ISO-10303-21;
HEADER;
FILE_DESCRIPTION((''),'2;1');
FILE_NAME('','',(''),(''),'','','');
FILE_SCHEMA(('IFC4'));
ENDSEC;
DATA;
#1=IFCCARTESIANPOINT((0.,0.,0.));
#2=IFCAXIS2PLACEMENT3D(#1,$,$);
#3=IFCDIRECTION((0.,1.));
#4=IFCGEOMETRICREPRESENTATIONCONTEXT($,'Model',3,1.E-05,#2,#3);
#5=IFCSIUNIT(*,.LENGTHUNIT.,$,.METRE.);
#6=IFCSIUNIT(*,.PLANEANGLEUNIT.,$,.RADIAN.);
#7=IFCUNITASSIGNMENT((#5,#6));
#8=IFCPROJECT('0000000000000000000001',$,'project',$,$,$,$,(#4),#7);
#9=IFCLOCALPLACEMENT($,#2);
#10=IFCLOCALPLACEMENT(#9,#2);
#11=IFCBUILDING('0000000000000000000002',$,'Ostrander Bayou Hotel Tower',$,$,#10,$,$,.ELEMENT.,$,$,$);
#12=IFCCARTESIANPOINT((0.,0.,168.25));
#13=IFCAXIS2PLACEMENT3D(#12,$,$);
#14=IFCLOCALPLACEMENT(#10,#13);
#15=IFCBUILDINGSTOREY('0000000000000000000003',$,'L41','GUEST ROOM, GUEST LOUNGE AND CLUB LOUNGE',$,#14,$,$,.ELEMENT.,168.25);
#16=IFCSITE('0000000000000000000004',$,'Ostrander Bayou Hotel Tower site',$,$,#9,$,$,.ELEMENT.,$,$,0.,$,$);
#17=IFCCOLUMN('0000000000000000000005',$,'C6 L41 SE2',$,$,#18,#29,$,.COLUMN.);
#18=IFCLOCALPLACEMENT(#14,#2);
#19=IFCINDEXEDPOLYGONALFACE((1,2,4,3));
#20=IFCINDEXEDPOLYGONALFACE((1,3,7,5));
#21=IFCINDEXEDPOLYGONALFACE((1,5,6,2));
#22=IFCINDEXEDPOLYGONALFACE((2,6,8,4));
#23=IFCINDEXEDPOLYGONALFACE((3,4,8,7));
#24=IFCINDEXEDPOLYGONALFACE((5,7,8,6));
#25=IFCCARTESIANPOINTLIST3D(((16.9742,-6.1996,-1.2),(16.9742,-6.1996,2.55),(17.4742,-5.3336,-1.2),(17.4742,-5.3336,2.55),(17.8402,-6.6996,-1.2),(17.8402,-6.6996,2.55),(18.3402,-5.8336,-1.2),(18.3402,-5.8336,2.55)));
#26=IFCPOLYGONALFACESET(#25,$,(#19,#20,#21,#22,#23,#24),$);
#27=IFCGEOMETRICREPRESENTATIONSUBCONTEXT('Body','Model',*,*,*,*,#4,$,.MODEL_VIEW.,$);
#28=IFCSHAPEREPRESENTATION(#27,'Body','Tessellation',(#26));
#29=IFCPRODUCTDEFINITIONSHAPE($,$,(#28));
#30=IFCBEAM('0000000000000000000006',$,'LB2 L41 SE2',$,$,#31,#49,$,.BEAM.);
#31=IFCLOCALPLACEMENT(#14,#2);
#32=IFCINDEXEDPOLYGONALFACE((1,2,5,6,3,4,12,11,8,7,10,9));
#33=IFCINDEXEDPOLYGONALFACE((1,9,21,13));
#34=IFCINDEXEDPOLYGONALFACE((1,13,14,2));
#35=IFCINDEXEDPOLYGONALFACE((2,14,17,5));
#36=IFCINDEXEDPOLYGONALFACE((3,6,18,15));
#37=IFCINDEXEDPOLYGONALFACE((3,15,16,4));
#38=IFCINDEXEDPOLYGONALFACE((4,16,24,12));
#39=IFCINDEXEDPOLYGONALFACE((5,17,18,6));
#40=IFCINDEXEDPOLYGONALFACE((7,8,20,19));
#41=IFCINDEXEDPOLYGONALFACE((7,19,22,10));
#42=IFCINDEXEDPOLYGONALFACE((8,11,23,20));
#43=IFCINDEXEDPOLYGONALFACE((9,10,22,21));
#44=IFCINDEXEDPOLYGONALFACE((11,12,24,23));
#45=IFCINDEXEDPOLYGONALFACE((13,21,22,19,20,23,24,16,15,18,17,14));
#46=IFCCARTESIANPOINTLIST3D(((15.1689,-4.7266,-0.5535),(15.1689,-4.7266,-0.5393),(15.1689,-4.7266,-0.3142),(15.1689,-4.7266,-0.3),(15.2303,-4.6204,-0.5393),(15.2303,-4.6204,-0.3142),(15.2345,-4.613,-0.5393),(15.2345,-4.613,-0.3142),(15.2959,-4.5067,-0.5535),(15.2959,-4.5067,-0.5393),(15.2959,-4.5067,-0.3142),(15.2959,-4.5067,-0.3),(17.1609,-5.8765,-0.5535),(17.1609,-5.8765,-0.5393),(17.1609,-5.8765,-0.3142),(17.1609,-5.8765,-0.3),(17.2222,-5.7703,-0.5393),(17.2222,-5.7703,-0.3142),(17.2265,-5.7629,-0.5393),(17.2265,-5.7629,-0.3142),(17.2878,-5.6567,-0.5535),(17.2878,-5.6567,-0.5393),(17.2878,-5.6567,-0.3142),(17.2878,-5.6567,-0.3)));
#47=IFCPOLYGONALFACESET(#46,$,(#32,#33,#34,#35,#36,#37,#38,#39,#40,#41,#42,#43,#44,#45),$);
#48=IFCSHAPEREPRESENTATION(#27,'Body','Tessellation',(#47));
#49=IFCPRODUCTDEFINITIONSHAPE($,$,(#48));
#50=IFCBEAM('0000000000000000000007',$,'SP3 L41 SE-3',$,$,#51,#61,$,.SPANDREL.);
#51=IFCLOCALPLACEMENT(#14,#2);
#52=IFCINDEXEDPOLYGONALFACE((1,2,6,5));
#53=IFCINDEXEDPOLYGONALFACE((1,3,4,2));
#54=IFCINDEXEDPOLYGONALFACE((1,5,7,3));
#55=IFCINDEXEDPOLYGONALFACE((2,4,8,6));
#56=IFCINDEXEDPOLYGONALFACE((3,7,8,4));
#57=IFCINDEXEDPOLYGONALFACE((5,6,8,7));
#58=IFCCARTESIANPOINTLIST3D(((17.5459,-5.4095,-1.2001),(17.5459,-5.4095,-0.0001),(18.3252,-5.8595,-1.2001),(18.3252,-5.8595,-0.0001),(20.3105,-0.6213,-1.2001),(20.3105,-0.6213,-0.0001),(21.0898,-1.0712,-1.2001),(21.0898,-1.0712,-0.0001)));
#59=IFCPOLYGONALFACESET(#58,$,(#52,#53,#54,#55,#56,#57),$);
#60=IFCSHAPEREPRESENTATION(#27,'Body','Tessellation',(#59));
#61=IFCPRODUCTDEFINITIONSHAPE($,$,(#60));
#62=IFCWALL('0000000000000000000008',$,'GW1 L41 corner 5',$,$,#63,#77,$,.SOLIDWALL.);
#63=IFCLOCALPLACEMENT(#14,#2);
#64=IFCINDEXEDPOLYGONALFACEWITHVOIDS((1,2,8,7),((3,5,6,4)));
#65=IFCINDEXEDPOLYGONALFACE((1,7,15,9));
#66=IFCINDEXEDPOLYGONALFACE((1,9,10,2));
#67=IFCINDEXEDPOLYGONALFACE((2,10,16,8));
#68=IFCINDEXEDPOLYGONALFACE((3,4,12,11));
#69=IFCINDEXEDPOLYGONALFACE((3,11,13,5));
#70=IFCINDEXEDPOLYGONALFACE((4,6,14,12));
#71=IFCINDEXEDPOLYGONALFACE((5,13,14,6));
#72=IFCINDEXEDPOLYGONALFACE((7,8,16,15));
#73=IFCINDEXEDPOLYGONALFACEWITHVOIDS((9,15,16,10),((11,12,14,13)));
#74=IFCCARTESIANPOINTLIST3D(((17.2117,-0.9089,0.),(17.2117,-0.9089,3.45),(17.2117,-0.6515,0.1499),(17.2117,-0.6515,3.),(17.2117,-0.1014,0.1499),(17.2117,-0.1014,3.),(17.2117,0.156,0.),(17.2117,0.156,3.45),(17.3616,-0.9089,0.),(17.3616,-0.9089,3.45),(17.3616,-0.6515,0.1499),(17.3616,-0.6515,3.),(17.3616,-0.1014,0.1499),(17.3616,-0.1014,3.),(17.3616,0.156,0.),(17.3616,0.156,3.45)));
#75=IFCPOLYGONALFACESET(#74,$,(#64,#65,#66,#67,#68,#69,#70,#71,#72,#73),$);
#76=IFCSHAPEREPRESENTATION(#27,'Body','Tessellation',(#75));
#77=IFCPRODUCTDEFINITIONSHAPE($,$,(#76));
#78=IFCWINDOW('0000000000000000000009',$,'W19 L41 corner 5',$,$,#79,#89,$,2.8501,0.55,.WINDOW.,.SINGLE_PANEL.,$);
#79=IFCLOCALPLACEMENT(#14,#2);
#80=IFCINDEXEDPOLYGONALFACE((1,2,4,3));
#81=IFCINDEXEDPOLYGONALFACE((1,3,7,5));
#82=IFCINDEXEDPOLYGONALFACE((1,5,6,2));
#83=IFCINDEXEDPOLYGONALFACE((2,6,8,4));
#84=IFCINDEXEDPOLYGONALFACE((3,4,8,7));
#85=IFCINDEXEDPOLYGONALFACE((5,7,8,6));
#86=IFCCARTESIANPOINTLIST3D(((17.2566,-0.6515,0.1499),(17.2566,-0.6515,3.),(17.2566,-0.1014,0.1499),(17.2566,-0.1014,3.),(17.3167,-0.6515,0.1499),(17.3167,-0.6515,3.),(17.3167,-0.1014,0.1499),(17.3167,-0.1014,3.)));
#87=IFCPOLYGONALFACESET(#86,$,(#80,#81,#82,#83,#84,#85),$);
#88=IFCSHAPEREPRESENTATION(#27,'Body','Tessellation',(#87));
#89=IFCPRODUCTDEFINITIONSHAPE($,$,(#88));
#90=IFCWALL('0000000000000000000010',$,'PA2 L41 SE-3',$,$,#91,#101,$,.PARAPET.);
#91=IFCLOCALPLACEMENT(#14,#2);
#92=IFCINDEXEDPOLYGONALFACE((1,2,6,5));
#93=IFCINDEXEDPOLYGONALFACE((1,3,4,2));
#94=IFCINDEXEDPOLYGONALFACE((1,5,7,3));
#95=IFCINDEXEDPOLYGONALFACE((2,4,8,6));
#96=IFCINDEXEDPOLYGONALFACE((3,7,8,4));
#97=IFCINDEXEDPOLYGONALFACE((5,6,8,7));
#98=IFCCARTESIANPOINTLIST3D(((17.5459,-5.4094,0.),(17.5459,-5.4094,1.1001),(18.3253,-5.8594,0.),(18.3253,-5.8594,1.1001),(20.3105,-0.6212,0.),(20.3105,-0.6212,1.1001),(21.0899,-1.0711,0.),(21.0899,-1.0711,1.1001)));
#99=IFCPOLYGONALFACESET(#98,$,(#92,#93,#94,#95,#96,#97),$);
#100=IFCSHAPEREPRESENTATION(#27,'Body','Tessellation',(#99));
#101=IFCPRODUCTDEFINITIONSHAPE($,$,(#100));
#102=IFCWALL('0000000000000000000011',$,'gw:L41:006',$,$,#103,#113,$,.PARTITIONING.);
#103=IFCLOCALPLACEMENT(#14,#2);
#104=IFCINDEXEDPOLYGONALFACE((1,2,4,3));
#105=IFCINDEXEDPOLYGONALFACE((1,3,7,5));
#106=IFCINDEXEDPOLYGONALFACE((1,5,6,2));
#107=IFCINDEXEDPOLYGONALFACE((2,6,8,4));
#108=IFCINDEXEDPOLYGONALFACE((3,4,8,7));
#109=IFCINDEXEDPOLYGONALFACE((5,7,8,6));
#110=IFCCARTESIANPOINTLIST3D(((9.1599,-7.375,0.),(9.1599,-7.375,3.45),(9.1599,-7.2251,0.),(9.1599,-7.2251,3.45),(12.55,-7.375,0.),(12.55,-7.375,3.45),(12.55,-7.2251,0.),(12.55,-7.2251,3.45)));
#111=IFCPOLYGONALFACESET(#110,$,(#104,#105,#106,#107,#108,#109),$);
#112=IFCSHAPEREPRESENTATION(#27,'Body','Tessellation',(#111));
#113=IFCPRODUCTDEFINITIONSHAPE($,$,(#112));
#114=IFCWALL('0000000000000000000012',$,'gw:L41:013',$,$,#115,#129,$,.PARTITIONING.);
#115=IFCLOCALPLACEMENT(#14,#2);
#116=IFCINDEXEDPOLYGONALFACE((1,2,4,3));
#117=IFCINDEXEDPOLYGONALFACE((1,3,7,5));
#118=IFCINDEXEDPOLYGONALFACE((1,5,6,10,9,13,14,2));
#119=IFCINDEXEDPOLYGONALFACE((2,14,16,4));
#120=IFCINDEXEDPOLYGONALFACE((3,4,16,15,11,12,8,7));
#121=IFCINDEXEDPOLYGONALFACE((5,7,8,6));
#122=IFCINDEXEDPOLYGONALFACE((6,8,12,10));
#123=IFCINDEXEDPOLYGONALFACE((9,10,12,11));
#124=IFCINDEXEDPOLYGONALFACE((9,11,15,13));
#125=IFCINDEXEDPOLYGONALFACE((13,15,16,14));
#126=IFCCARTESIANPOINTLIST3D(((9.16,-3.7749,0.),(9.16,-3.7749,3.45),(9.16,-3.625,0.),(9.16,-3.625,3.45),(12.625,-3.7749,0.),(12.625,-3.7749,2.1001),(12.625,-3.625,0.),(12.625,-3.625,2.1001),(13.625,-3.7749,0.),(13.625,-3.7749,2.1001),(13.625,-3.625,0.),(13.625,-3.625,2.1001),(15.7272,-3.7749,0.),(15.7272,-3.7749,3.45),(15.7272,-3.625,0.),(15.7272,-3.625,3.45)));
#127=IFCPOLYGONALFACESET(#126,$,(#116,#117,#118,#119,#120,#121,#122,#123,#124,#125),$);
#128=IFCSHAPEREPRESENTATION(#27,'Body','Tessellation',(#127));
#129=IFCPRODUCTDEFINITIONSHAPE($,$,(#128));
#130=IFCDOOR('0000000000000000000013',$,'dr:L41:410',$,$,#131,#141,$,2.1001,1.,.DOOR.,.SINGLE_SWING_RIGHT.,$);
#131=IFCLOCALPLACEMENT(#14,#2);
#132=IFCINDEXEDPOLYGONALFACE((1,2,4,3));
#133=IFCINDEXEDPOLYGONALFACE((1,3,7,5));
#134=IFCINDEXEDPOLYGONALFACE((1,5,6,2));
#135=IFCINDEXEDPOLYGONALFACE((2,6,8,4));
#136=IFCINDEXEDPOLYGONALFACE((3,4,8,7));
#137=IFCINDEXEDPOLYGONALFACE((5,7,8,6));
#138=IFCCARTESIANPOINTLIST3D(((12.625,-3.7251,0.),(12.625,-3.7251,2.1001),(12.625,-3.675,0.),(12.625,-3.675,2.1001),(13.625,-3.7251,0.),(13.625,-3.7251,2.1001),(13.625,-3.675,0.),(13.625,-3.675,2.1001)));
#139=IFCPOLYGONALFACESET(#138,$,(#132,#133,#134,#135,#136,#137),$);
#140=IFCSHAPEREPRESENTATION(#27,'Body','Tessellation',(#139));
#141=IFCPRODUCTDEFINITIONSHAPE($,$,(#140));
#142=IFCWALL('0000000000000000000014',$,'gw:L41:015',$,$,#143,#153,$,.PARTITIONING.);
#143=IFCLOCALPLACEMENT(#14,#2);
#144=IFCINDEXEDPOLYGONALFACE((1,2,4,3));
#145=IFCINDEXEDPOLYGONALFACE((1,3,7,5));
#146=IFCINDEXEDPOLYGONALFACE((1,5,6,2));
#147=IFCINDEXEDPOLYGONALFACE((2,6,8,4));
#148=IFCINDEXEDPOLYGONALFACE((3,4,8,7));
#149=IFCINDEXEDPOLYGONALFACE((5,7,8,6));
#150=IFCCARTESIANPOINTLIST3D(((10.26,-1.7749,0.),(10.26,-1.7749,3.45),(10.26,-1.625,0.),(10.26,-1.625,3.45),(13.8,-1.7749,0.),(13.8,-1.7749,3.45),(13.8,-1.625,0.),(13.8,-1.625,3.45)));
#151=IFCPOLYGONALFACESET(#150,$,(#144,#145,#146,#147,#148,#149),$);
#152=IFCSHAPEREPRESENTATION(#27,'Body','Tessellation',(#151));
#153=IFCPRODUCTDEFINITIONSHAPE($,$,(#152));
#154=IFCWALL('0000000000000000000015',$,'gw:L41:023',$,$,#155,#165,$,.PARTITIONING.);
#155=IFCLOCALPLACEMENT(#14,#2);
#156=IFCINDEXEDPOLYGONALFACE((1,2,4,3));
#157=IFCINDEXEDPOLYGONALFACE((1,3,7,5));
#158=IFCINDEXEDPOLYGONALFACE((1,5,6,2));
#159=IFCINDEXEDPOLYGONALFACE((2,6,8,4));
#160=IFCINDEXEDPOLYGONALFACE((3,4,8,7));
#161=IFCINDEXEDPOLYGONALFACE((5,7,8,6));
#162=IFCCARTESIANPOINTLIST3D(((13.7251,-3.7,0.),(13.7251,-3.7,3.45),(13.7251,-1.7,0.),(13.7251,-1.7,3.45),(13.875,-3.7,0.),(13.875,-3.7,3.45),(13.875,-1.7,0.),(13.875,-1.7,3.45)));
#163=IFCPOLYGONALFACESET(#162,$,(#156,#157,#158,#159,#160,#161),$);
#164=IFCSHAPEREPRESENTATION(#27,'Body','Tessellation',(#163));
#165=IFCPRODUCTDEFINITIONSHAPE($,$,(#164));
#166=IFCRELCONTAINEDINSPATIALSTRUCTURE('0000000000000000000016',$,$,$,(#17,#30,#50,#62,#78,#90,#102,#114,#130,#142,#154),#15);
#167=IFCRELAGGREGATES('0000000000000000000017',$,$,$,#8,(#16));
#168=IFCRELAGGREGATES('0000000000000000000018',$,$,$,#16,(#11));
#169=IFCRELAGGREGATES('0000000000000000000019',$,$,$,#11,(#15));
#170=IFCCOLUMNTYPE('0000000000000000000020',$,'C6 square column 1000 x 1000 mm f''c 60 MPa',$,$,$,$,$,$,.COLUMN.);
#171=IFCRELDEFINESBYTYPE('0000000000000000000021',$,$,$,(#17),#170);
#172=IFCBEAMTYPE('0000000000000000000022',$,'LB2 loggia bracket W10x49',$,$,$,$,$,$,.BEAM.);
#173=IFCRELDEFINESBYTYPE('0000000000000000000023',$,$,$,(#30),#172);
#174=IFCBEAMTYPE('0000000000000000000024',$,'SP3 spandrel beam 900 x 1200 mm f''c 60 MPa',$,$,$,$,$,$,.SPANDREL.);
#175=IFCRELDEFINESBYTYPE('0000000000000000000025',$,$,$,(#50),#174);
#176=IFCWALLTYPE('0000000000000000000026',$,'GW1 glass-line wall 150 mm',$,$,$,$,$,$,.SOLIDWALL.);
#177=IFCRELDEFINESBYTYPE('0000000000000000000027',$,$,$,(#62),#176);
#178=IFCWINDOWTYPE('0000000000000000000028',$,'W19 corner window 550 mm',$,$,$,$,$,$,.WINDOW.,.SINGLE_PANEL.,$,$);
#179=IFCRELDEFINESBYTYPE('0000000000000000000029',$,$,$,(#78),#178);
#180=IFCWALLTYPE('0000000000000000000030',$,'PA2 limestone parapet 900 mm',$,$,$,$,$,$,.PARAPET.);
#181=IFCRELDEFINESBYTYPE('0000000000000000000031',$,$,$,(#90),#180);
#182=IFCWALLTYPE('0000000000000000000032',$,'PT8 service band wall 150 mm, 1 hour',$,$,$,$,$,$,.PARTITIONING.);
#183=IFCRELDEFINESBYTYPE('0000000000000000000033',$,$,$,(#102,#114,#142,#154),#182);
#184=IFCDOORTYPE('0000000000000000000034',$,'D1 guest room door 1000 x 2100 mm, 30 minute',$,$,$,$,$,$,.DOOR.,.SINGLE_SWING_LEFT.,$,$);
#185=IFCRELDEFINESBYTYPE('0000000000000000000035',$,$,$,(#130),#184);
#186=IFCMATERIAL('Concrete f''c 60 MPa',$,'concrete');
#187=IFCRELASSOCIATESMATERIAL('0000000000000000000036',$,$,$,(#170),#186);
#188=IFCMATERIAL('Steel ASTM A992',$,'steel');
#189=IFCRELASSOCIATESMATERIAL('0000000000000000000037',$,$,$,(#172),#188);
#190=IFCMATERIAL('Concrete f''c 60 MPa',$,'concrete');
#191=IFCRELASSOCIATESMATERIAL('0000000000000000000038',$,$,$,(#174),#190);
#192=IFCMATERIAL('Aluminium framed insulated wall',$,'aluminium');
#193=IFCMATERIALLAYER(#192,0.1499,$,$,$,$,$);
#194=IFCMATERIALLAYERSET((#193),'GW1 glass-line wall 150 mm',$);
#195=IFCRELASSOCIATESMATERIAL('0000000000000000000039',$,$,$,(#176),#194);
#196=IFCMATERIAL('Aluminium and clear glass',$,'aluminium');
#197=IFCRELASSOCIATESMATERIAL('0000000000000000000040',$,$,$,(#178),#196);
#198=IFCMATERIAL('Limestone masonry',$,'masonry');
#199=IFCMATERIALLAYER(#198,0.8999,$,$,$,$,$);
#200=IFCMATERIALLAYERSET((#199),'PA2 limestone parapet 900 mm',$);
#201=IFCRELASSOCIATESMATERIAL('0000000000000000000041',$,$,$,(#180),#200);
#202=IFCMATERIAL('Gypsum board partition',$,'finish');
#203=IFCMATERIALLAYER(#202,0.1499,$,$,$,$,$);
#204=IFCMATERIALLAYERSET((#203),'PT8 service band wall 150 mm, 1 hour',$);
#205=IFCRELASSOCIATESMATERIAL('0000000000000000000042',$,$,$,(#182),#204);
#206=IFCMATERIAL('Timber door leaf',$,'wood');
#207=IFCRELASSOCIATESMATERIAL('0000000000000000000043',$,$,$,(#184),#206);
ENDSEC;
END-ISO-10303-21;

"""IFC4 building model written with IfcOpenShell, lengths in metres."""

from ifc_helpers import new_model, si_unit, direction, frame, frame_2d, origin, origin_2d, place, context, subcontext, project, spatial, rectangle, i_section, extrude, material, layer, layer_set, material_profile, profile_set, type_object, element, fill, save


model = new_model("IFC4")

# Units and contexts
model_context = context("Model", 3, precision=1e-05, world=origin(), true_north=direction((0.0, 1.0)))
body_context = subcontext(model_context, "Body", "Model", "MODEL_VIEW")
ifc_project = project(units=[si_unit("LENGTHUNIT", "METRE"), si_unit("PLANEANGLEUNIT", "RADIAN")], contexts=[model_context])

# Site, building, storey
site_placement = place(None, origin())
site = spatial("IfcSite", under=ifc_project, at=site_placement, Name="Ostrander Bayou Hotel Tower site", CompositionType="ELEMENT", RefElevation=0.0)
building_placement = place(site_placement, origin())
building = spatial("IfcBuilding", under=site, at=building_placement, Name="Ostrander Bayou Hotel Tower", CompositionType="ELEMENT")
storey_placement = place(building_placement, frame((0.0, 0.0, 168.25)))
storey = spatial("IfcBuildingStorey", under=building, at=storey_placement, Name="L41", Description="GUEST ROOM, GUEST LOUNGE AND CLUB LOUNGE", CompositionType="ELEMENT", Elevation=168.25)

# Column
ifc_material_1 = material(Name="Concrete f'c 60 MPa", Category="concrete")
ifc_material_profile_1 = material_profile(ifc_material_1, rectangle(XDim=1.0, YDim=1.0, at=origin_2d()))
ifc_profile_set_1 = profile_set([ifc_material_profile_1], Name="Concrete f'c 60 MPa")
column_type = type_object("IfcColumnType", Name="C6 square column 1000 x 1000 mm f'c 60 MPa", PredefinedType="COLUMN", material=ifc_profile_set_1)
column_placement = place(storey_placement, frame((17.6572, -6.0166, -1.2), z_axis=(0.0, 0.0, 1.0), x_axis=(-0.5, -0.866025, 0.0)))
element("IfcColumn", 1, at=column_placement, inside=storey, type_object=column_type, Name="C6 L41 SE2", PredefinedType="COLUMN", context=body_context, shape_type="SweptSolid", body=[
    extrude(rectangle(XDim=1.0, YDim=1.0, at=origin_2d()), origin(), (0.0, 0.0, 1.0), 3.75),
])

# Beams
ifc_material_2 = material(Name="Steel ASTM A992", Category="steel")
ifc_material_profile_2 = material_profile(ifc_material_2, i_section(OverallWidth=0.2539, OverallDepth=0.2534, WebThickness=0.0085, FlangeThickness=0.0142, at=origin_2d()))
ifc_profile_set_2 = profile_set([ifc_material_profile_2], Name="Steel ASTM A992")
beam_type_1 = type_object("IfcBeamType", Name="LB2 loggia bracket W10x49", PredefinedType="BEAM", material=ifc_profile_set_2)
beam_1_placement = place(storey_placement, frame((17.2244, -5.7666, -0.4268), z_axis=(-0.866053, 0.499952, 0.0), x_axis=(-0.499952, -0.866053, 0.0)))
element("IfcBeam", 2, at=beam_1_placement, inside=storey, type_object=beam_type_1, Name="LB2 L41 SE2", PredefinedType="BEAM", context=body_context, shape_type="SweptSolid", body=[
    extrude(i_section(OverallWidth=0.2539, OverallDepth=0.2534, WebThickness=0.0085, FlangeThickness=0.0142, at=origin_2d()), origin(), (0.0, 0.0, 1.0), 2.3),
])
ifc_material_3 = material(Name="Concrete f'c 60 MPa", Category="concrete")
ifc_material_profile_3 = material_profile(ifc_material_3, rectangle(XDim=0.8999, YDim=1.2, at=origin_2d()))
ifc_profile_set_3 = profile_set([ifc_material_profile_3], Name="Concrete f'c 60 MPa")
beam_type_2 = type_object("IfcBeamType", Name="SP3 spandrel beam 900 x 1200 mm f'c 60 MPa", PredefinedType="SPANDREL", material=ifc_profile_set_3)
beam_2_placement = place(storey_placement, frame((17.9355, -5.6345, -0.6001), z_axis=(0.500014, 0.866017, 0.0), x_axis=(-0.866017, 0.500014, 0.0)))
element("IfcBeam", 3, at=beam_2_placement, inside=storey, type_object=beam_type_2, Name="SP3 L41 SE-3", PredefinedType="SPANDREL", context=body_context, shape_type="SweptSolid", body=[
    extrude(rectangle(XDim=0.8999, YDim=1.2, at=origin_2d()), origin(), (0.0, 0.0, 1.0), 5.5291),
])

# Wall, opening, window
ifc_material_4 = material(Name="Aluminium framed insulated wall", Category="aluminium")
ifc_layer_1 = layer(ifc_material_4, 0.1499)
ifc_layer_set_1 = layer_set([ifc_layer_1], Name="GW1 glass-line wall 150 mm")
wall_type_1 = type_object("IfcWallType", Name="GW1 glass-line wall 150 mm", PredefinedType="SOLIDWALL", material=ifc_layer_set_1)
wall_1_placement = place(storey_placement, frame((17.2866, -0.9089, 0.0), z_axis=(0.0, 0.0, 1.0), x_axis=(0.0, 1.0, 0.0)))
wall_1 = element("IfcWall", 4, at=wall_1_placement, inside=storey, type_object=wall_type_1, Name="GW1 L41 corner 5", PredefinedType="SOLIDWALL", context=body_context, shape_type="SweptSolid", body=[
    extrude(rectangle(XDim=1.0649, YDim=0.1499, at=frame_2d((0.5325, 0.0))), origin(), (0.0, 0.0, 1.0), 3.45),
])
opening_1_placement = place(wall_1_placement, frame((0.2576, 0.0, 0.1499)))
opening_1 = element("IfcOpeningElement", 5, at=opening_1_placement, cuts=wall_1, PredefinedType="OPENING", context=body_context, shape_type="SweptSolid", body=[
    extrude(rectangle(XDim=0.55, YDim=2.8501, at=frame_2d((0.2749, 1.425))), frame((0.0, 0.075, 0.0), z_axis=(0.0, -1.0, 0.0), x_axis=(1.0, 0.0, 0.0)), (0.0, 0.0, 1.0), 0.1499),
])
ifc_material_5 = material(Name="Aluminium and clear glass", Category="aluminium")
window_type = type_object("IfcWindowType", Name="W19 corner window 550 mm", PartitioningType="SINGLE_PANEL", PredefinedType="WINDOW", material=ifc_material_5)
window_placement = place(opening_1_placement, origin())
window = element("IfcWindow", 6, at=window_placement, inside=storey, type_object=window_type, Name="W19 L41 corner 5", OverallHeight=2.8501, OverallWidth=0.55, PartitioningType="SINGLE_PANEL", PredefinedType="WINDOW", context=body_context, shape_type="SweptSolid", body=[
    extrude(rectangle(XDim=0.55, YDim=2.8501, at=frame_2d((0.2749, 1.425))), frame((0.0, 0.03, 0.0), z_axis=(0.0, -1.0, 0.0), x_axis=(1.0, 0.0, 0.0)), (0.0, 0.0, 1.0), 0.0601),
])
fill(opening_1, window)

# Walls
ifc_material_6 = material(Name="Limestone masonry", Category="masonry")
ifc_layer_2 = layer(ifc_material_6, 0.8999)
ifc_layer_set_2 = layer_set([ifc_layer_2], Name="PA2 limestone parapet 900 mm")
wall_type_2 = type_object("IfcWallType", Name="PA2 limestone parapet 900 mm", PredefinedType="PARAPET", material=ifc_layer_set_2)
wall_2_placement = place(storey_placement, frame((17.9355, -5.6345, 0.0), z_axis=(0.0, 0.0, 1.0), x_axis=(0.500014, 0.866017, 0.0)))
element("IfcWall", 7, at=wall_2_placement, inside=storey, type_object=wall_type_2, Name="PA2 L41 SE-3", PredefinedType="PARAPET", context=body_context, shape_type="SweptSolid", body=[
    extrude(rectangle(XDim=5.5291, YDim=0.8999, at=frame_2d((2.7646, 0.0))), origin(), (0.0, 0.0, 1.0), 1.1001),
])
ifc_material_7 = material(Name="Gypsum board partition", Category="finish")
ifc_layer_3 = layer(ifc_material_7, 0.1499)
ifc_layer_set_3 = layer_set([ifc_layer_3], Name="PT8 service band wall 150 mm, 1 hour")
wall_type_3 = type_object("IfcWallType", Name="PT8 service band wall 150 mm, 1 hour", PredefinedType="PARTITIONING", material=ifc_layer_set_3)
wall_3_placement = place(storey_placement, frame((9.1599, -7.3, 0.0), z_axis=(0.0, 0.0, 1.0), x_axis=(1.0, 0.0, 0.0)))
element("IfcWall", 8, at=wall_3_placement, inside=storey, type_object=wall_type_3, Name="gw:L41:006", PredefinedType="PARTITIONING", context=body_context, shape_type="SweptSolid", body=[
    extrude(rectangle(XDim=3.3901, YDim=0.1499, at=frame_2d((1.6951, 0.0))), origin(), (0.0, 0.0, 1.0), 3.45),
])

# Wall, opening, door
wall_4_placement = place(storey_placement, frame((9.1599, -3.7, 0.0), z_axis=(0.0, 0.0, 1.0), x_axis=(1.0, 0.0, 0.0)))
wall_4 = element("IfcWall", 9, at=wall_4_placement, inside=storey, type_object=wall_type_3, Name="gw:L41:013", PredefinedType="PARTITIONING", context=body_context, shape_type="SweptSolid", body=[
    extrude(rectangle(XDim=6.5671, YDim=0.1499, at=frame_2d((3.2837, 0.0))), origin(), (0.0, 0.0, 1.0), 3.45),
])
opening_2_placement = place(wall_4_placement, frame((3.4651, 0.0, 0.0)))
opening_2 = element("IfcOpeningElement", 10, at=opening_2_placement, cuts=wall_4, PredefinedType="OPENING", context=body_context, shape_type="SweptSolid", body=[
    extrude(rectangle(XDim=1.0, YDim=2.1001, at=frame_2d((0.5, 1.05))), frame((0.0, 0.075, 0.0), z_axis=(0.0, -1.0, 0.0), x_axis=(1.0, 0.0, 0.0)), (0.0, 0.0, 1.0), 0.1499),
])
ifc_material_8 = material(Name="Timber door leaf", Category="wood")
door_type_1 = type_object("IfcDoorType", Name="D1 guest room door 1000 x 2100 mm, 30 minute", OperationType="SINGLE_SWING_LEFT", PredefinedType="DOOR", material=ifc_material_8)
door_1_placement = place(opening_2_placement, origin())
door_1 = element("IfcDoor", 11, at=door_1_placement, inside=storey, type_object=door_type_1, Name="dr:L41:410", OperationType="SINGLE_SWING_RIGHT", OverallHeight=2.1001, OverallWidth=1.0, PredefinedType="DOOR", context=body_context, shape_type="SweptSolid", body=[
    extrude(rectangle(XDim=1.0, YDim=2.1001, at=frame_2d((0.5, 1.05))), frame((0.0, 0.0249, 0.0), z_axis=(0.0, -1.0, 0.0), x_axis=(1.0, 0.0, 0.0)), (0.0, 0.0, 1.0), 0.05),
])
fill(opening_2, door_1)

# Walls
wall_5_placement = place(storey_placement, frame((10.26, -1.7, 0.0), z_axis=(0.0, 0.0, 1.0), x_axis=(1.0, 0.0, 0.0)))
element("IfcWall", 12, at=wall_5_placement, inside=storey, type_object=wall_type_3, Name="gw:L41:015", PredefinedType="PARTITIONING", context=body_context, shape_type="SweptSolid", body=[
    extrude(rectangle(XDim=3.54, YDim=0.1499, at=frame_2d((1.77, 0.0))), origin(), (0.0, 0.0, 1.0), 3.45),
])
wall_6_placement = place(storey_placement, frame((13.8, -3.7, 0.0), z_axis=(0.0, 0.0, 1.0), x_axis=(0.0, 1.0, 0.0)))
element("IfcWall", 13, at=wall_6_placement, inside=storey, type_object=wall_type_3, Name="gw:L41:023", PredefinedType="PARTITIONING", context=body_context, shape_type="SweptSolid", body=[
    extrude(rectangle(XDim=2.0, YDim=0.1499, at=frame_2d((1.0, 0.0))), origin(), (0.0, 0.0, 1.0), 3.45),
])

save(model, "model.ifc")
